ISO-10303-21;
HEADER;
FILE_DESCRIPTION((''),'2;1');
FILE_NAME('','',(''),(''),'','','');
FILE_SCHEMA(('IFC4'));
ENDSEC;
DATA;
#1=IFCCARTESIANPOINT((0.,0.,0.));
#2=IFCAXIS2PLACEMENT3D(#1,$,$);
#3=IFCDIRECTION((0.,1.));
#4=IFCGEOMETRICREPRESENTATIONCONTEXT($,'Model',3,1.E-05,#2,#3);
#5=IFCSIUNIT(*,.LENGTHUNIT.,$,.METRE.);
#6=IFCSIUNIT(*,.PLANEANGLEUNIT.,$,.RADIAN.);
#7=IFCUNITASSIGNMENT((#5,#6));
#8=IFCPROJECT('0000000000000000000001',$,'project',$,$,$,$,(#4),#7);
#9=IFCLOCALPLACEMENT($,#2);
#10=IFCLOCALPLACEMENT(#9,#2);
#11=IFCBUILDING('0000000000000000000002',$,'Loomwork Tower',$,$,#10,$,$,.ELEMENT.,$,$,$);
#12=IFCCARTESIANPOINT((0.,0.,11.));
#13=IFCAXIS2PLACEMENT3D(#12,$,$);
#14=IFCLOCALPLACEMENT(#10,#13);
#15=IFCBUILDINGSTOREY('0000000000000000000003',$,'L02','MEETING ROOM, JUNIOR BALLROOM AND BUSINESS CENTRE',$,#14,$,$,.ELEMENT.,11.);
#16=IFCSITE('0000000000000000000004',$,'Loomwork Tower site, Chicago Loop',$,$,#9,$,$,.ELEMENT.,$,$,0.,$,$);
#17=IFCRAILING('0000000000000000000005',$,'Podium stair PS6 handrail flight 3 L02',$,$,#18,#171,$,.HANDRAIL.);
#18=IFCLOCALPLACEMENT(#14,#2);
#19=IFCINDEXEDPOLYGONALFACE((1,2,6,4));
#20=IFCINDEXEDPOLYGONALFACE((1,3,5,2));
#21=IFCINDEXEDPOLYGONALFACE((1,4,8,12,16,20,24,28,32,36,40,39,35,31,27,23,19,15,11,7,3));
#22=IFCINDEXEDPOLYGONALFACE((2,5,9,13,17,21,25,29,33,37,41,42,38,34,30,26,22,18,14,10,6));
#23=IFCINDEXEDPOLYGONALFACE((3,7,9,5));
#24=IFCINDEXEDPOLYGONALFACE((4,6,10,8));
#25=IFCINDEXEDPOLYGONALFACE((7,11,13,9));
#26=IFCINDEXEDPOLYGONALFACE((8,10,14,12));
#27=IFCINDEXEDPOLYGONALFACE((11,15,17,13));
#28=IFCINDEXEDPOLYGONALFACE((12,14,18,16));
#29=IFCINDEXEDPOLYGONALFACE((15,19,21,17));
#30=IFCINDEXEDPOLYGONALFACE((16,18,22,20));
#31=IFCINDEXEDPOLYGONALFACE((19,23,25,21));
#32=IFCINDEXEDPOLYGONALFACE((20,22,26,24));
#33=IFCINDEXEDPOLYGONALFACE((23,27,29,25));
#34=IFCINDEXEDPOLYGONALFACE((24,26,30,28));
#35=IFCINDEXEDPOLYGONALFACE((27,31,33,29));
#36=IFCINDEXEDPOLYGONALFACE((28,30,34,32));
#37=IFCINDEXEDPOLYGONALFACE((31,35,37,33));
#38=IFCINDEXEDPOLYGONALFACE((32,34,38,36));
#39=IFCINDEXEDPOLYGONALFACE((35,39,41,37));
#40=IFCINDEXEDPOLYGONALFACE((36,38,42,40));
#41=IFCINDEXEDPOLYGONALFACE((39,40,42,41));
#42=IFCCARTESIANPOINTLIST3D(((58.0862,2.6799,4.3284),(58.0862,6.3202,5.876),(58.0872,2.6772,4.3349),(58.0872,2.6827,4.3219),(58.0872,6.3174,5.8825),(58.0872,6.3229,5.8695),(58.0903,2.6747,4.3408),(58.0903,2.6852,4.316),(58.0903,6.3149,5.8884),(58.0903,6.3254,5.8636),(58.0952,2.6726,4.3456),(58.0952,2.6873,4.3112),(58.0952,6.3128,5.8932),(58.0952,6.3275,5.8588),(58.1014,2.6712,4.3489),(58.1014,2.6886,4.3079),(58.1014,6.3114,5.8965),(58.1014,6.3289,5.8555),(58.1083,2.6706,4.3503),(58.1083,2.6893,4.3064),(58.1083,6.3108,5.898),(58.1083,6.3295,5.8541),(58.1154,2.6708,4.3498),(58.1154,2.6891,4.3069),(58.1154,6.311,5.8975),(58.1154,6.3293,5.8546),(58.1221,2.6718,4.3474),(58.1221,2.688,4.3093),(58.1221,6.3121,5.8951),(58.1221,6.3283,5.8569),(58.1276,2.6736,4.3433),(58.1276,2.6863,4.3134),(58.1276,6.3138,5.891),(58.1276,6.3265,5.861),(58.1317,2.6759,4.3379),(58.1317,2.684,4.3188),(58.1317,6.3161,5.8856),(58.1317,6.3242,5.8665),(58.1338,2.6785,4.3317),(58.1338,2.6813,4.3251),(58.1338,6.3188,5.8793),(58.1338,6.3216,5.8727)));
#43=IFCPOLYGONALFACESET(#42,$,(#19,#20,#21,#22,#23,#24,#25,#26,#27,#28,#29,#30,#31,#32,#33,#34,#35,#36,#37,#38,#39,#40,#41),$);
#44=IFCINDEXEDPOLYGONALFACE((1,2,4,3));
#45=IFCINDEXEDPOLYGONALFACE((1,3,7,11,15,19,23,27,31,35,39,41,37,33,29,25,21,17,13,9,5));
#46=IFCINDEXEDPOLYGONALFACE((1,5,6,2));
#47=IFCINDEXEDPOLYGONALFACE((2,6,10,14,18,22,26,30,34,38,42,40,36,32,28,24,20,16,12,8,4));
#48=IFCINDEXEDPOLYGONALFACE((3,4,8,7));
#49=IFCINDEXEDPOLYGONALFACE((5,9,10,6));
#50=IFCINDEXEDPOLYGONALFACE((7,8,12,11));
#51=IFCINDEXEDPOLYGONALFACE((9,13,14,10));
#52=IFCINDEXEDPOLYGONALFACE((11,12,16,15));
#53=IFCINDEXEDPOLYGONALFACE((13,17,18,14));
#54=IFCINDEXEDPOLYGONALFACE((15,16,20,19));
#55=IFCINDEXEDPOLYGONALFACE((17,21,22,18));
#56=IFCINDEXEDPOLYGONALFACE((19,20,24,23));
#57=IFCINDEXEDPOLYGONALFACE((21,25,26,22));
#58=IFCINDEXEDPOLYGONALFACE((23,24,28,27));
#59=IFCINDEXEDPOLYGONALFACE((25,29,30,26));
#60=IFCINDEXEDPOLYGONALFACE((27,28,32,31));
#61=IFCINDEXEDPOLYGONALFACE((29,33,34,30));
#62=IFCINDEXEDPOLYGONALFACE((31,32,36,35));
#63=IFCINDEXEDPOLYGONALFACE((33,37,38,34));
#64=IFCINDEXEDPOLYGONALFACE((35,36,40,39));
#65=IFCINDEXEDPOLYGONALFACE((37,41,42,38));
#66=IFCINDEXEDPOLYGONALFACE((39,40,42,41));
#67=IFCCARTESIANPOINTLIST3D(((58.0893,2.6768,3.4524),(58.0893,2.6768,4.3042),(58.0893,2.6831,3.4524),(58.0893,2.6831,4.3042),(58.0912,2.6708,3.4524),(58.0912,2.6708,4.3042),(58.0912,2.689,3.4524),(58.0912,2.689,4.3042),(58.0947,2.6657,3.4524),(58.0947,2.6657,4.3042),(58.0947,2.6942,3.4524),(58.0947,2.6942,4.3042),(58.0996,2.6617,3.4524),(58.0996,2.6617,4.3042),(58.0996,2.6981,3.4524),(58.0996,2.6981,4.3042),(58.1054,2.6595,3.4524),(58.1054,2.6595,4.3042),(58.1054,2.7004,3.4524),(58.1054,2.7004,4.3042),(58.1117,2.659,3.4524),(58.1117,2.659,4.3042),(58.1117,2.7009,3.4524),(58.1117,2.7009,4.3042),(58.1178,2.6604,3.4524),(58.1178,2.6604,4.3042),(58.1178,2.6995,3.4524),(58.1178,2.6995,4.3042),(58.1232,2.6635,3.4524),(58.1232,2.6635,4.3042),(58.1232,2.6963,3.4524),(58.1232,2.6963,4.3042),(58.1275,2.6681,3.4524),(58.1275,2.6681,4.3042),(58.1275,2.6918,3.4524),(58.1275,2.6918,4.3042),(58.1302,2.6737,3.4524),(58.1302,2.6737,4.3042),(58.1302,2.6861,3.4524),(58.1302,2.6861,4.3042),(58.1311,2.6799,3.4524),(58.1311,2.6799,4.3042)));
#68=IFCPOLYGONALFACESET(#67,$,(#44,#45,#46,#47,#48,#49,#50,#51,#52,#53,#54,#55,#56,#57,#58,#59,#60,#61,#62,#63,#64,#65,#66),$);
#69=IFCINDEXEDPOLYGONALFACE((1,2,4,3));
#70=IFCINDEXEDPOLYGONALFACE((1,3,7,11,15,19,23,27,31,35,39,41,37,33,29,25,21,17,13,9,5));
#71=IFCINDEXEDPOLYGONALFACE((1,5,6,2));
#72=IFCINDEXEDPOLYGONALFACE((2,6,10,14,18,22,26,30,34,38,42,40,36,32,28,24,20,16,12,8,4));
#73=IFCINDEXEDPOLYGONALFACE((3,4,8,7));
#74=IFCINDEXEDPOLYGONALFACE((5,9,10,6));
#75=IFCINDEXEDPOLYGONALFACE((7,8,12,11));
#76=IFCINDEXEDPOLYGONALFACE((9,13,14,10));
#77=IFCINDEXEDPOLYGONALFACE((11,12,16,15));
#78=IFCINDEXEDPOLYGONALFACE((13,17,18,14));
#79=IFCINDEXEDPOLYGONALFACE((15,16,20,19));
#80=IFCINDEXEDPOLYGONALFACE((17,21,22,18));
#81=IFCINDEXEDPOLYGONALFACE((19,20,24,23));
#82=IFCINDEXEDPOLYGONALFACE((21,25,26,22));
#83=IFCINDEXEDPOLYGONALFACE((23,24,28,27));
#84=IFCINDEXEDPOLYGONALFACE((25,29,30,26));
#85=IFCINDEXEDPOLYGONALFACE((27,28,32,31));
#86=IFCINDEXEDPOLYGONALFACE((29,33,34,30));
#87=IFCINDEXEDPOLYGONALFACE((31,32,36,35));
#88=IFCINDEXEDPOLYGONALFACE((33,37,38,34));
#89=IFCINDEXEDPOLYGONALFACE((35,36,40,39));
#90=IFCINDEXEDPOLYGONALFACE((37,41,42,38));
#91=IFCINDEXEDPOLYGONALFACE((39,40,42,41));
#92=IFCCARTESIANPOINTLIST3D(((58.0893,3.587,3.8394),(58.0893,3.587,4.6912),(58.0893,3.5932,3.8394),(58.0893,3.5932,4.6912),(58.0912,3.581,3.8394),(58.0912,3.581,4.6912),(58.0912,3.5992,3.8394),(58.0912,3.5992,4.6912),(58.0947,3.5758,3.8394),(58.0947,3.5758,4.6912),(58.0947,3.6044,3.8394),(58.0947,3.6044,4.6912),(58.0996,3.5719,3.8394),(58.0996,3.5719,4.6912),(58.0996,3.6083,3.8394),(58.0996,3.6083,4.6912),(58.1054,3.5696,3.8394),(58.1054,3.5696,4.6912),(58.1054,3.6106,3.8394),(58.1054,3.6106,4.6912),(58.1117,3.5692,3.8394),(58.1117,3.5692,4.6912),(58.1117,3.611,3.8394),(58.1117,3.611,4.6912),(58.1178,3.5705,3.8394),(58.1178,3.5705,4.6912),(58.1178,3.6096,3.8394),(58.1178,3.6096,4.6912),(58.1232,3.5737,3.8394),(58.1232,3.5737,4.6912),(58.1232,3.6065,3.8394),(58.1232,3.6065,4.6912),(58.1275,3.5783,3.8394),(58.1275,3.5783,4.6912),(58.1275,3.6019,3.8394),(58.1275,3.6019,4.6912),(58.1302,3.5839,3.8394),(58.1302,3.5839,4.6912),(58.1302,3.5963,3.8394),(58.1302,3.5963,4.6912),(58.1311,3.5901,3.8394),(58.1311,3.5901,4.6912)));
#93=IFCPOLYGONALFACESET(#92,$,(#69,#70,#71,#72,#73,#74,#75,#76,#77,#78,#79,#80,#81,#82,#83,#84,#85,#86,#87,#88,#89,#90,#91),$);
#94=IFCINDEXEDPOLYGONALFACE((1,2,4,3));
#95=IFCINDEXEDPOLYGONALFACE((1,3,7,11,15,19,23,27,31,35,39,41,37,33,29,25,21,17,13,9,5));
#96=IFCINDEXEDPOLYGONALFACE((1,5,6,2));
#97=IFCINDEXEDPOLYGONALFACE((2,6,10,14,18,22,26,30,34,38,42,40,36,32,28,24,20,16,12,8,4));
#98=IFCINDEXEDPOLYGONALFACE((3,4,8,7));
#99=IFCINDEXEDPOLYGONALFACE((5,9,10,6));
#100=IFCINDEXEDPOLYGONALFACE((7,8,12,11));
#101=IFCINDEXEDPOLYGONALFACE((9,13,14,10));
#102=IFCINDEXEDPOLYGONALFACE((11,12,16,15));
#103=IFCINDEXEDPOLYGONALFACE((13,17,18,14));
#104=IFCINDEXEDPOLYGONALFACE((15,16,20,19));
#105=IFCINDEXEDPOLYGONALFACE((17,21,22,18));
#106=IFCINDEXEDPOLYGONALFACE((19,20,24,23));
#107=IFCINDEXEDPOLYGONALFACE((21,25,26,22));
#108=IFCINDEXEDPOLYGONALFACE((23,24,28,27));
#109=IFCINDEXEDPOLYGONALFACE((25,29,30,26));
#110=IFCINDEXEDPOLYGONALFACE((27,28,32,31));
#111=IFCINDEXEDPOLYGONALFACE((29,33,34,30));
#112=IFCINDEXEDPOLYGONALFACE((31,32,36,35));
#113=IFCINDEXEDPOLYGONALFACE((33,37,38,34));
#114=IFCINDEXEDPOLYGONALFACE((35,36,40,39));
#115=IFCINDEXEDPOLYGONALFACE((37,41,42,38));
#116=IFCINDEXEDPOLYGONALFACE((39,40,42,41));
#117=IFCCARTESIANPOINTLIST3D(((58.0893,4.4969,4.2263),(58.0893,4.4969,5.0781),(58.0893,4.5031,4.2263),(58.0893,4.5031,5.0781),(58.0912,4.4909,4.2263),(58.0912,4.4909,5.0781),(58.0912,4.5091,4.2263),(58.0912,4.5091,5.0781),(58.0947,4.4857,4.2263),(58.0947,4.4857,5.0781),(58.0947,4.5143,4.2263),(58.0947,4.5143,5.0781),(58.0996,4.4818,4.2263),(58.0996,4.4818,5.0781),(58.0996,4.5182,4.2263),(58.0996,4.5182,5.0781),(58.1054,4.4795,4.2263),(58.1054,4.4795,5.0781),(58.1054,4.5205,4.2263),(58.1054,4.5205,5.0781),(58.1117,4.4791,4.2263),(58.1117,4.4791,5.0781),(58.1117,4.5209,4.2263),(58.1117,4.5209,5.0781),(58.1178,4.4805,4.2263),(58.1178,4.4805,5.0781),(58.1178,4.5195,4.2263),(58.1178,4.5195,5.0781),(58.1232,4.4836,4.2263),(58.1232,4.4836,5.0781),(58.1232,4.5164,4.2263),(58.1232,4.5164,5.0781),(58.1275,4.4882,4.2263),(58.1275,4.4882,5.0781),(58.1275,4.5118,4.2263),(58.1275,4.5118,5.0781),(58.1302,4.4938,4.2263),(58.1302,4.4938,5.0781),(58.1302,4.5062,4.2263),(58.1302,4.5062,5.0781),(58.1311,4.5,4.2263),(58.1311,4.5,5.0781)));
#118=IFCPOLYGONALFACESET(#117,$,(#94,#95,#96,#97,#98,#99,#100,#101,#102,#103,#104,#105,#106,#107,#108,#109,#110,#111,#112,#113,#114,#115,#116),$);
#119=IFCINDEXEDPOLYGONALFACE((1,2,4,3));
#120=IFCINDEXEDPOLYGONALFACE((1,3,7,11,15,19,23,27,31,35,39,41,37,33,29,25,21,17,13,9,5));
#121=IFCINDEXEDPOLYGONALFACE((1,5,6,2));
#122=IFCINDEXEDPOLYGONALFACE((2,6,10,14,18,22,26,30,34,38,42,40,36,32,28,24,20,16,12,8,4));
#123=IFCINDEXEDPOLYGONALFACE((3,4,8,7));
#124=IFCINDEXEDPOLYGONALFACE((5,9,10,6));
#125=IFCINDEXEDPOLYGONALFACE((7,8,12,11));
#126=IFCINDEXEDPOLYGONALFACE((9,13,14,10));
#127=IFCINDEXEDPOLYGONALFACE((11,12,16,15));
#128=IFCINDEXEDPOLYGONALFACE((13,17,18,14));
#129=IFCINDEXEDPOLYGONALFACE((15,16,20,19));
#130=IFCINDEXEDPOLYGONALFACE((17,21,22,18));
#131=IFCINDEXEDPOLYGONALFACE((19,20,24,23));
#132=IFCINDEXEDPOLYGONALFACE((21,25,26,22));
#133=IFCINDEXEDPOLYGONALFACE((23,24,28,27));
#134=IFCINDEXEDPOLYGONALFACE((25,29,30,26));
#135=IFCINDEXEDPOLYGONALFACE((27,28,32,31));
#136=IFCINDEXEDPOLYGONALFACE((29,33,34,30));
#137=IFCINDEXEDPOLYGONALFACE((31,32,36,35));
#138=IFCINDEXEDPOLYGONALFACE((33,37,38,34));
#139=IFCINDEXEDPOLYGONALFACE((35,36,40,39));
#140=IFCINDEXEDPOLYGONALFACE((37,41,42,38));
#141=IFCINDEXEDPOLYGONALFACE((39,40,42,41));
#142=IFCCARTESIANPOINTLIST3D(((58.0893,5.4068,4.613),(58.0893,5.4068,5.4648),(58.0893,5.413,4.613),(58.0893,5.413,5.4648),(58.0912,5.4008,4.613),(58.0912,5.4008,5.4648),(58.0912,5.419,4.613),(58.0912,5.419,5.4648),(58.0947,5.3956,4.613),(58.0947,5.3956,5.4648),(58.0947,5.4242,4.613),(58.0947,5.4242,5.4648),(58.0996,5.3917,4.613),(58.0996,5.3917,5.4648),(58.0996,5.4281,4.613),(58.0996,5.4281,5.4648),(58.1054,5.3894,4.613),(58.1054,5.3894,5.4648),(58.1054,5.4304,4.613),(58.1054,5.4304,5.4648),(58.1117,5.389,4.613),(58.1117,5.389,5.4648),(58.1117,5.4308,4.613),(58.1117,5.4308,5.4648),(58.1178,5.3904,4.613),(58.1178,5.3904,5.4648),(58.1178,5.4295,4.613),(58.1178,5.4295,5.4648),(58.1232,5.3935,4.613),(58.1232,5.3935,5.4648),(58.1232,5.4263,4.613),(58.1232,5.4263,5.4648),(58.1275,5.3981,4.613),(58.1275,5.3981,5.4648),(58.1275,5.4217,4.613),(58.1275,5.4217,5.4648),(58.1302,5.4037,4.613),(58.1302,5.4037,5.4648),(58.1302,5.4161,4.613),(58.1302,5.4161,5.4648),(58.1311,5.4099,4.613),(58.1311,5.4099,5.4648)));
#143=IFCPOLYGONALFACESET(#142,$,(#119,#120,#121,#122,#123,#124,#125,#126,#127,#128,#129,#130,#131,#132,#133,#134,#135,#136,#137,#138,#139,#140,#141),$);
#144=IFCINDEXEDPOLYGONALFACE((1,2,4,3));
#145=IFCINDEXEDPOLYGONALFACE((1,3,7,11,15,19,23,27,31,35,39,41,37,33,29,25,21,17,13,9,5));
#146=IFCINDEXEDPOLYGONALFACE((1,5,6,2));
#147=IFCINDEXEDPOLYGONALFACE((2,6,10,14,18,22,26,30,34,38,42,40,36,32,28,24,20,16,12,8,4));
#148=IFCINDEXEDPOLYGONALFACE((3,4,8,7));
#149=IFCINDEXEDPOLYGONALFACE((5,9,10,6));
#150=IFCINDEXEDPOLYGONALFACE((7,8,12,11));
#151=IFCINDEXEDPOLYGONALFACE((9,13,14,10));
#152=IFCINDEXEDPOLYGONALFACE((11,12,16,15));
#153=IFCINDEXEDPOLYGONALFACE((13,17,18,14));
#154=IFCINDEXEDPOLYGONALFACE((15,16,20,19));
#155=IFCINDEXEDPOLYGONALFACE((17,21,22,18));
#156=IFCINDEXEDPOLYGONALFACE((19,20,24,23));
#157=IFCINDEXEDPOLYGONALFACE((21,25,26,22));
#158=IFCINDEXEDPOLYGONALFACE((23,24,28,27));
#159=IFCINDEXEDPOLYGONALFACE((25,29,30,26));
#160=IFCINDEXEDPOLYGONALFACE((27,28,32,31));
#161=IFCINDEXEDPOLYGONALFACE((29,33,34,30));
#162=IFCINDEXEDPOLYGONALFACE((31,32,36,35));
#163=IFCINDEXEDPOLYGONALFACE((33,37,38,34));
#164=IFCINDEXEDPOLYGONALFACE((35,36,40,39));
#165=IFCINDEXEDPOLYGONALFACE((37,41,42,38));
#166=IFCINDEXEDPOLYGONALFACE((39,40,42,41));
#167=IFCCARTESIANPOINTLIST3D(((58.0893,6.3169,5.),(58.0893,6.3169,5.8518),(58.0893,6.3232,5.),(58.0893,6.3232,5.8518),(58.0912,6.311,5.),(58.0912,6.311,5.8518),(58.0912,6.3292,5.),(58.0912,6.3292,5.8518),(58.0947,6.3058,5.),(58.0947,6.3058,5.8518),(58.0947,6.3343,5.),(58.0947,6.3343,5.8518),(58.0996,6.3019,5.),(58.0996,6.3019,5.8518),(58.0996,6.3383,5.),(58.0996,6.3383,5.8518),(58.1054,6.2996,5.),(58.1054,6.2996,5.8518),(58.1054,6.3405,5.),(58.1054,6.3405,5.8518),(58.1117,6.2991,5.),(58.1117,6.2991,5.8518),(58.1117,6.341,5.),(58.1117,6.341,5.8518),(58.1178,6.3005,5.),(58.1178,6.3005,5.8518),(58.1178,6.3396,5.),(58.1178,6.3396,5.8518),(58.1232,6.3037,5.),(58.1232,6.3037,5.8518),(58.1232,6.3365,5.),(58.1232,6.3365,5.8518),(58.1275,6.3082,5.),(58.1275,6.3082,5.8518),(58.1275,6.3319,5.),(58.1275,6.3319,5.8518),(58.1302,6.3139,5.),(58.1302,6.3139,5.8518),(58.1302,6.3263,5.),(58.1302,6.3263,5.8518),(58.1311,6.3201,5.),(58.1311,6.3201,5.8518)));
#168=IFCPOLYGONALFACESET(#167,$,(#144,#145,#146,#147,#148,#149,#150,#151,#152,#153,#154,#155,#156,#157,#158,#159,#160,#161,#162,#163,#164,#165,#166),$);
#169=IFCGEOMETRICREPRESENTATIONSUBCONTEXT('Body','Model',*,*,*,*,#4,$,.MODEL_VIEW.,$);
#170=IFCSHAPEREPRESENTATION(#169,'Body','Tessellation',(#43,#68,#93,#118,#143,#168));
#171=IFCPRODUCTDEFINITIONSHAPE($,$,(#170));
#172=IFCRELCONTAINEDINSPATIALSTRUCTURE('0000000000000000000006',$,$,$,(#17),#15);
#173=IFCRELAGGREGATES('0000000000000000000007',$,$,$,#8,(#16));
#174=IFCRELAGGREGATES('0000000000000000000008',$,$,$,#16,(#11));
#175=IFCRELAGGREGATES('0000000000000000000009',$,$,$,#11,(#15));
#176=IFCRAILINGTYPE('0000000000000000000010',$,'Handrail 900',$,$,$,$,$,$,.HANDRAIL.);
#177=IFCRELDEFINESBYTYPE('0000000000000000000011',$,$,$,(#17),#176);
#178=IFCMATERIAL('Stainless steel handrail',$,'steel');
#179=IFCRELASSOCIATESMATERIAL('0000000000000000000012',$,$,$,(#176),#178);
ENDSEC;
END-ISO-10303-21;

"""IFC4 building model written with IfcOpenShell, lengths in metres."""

from ifc_helpers import new_model, si_unit, direction, frame, origin, origin_2d, place, context, subcontext, project, spatial, circle, extrude, material, type_object, element, save


model = new_model("IFC4")

# Units and contexts
model_context = context("Model", 3, precision=1e-05, world=origin(), true_north=direction((0.0, 1.0)))
body_context = subcontext(model_context, "Body", "Model", "MODEL_VIEW")
ifc_project = project(units=[si_unit("LENGTHUNIT", "METRE"), si_unit("PLANEANGLEUNIT", "RADIAN")], contexts=[model_context])

# Site, building, storey
site_placement = place(None, origin())
site = spatial("IfcSite", under=ifc_project, at=site_placement, Name="Loomwork Tower site, Chicago Loop", CompositionType="ELEMENT", RefElevation=0.0)
building_placement = place(site_placement, origin())
building = spatial("IfcBuilding", under=site, at=building_placement, Name="Loomwork Tower", CompositionType="ELEMENT")
storey_placement = place(building_placement, frame((0.0, 0.0, 11.0)))
storey = spatial("IfcBuildingStorey", under=building, at=storey_placement, Name="L02", Description="MEETING ROOM, JUNIOR BALLROOM AND BUSINESS CENTRE", CompositionType="ELEMENT", Elevation=11.0)

# Railing
ifc_material_1 = material(Name="Stainless steel handrail", Category="steel")
railing_type = type_object("IfcRailingType", Name="Handrail 900", PredefinedType="HANDRAIL", material=ifc_material_1)
railing_1_placement = place(storey_placement, frame((58.1101, 2.6799, 3.4524)))
element("IfcRailing", 1, at=railing_1_placement, inside=storey, type_object=railing_type, Name="Podium stair PS6 handrail flight 3 L02", PredefinedType="HANDRAIL", context=body_context, shape_type="SweptSolid", body=[
    extrude(circle(Radius=0.0239, at=origin_2d()), frame((0.0, 0.0, 0.876), z_axis=(0.0, 0.920281, 0.391258), x_axis=(-1.0, 0.0, 0.0)), (0.0, 0.0, 1.0), 3.9556),
    extrude(circle(Radius=0.021, at=origin_2d()), origin(), (0.0, 0.0, 1.0), 0.8518),
    extrude(circle(Radius=0.021, at=origin_2d()), frame((0.0, 0.9102, 0.387)), (0.0, 0.0, 1.0), 0.8518),
    extrude(circle(Radius=0.021, at=origin_2d()), frame((0.0, 1.8201, 0.7739)), (0.0, 0.0, 1.0), 0.8518),
    extrude(circle(Radius=0.021, at=origin_2d()), frame((0.0, 2.73, 1.1606)), (0.0, 0.0, 1.0), 0.8518),
    extrude(circle(Radius=0.021, at=origin_2d()), frame((0.0, 3.6401, 1.5476)), (0.0, 0.0, 1.0), 0.8518),
])

save(model, "model.ifc")
